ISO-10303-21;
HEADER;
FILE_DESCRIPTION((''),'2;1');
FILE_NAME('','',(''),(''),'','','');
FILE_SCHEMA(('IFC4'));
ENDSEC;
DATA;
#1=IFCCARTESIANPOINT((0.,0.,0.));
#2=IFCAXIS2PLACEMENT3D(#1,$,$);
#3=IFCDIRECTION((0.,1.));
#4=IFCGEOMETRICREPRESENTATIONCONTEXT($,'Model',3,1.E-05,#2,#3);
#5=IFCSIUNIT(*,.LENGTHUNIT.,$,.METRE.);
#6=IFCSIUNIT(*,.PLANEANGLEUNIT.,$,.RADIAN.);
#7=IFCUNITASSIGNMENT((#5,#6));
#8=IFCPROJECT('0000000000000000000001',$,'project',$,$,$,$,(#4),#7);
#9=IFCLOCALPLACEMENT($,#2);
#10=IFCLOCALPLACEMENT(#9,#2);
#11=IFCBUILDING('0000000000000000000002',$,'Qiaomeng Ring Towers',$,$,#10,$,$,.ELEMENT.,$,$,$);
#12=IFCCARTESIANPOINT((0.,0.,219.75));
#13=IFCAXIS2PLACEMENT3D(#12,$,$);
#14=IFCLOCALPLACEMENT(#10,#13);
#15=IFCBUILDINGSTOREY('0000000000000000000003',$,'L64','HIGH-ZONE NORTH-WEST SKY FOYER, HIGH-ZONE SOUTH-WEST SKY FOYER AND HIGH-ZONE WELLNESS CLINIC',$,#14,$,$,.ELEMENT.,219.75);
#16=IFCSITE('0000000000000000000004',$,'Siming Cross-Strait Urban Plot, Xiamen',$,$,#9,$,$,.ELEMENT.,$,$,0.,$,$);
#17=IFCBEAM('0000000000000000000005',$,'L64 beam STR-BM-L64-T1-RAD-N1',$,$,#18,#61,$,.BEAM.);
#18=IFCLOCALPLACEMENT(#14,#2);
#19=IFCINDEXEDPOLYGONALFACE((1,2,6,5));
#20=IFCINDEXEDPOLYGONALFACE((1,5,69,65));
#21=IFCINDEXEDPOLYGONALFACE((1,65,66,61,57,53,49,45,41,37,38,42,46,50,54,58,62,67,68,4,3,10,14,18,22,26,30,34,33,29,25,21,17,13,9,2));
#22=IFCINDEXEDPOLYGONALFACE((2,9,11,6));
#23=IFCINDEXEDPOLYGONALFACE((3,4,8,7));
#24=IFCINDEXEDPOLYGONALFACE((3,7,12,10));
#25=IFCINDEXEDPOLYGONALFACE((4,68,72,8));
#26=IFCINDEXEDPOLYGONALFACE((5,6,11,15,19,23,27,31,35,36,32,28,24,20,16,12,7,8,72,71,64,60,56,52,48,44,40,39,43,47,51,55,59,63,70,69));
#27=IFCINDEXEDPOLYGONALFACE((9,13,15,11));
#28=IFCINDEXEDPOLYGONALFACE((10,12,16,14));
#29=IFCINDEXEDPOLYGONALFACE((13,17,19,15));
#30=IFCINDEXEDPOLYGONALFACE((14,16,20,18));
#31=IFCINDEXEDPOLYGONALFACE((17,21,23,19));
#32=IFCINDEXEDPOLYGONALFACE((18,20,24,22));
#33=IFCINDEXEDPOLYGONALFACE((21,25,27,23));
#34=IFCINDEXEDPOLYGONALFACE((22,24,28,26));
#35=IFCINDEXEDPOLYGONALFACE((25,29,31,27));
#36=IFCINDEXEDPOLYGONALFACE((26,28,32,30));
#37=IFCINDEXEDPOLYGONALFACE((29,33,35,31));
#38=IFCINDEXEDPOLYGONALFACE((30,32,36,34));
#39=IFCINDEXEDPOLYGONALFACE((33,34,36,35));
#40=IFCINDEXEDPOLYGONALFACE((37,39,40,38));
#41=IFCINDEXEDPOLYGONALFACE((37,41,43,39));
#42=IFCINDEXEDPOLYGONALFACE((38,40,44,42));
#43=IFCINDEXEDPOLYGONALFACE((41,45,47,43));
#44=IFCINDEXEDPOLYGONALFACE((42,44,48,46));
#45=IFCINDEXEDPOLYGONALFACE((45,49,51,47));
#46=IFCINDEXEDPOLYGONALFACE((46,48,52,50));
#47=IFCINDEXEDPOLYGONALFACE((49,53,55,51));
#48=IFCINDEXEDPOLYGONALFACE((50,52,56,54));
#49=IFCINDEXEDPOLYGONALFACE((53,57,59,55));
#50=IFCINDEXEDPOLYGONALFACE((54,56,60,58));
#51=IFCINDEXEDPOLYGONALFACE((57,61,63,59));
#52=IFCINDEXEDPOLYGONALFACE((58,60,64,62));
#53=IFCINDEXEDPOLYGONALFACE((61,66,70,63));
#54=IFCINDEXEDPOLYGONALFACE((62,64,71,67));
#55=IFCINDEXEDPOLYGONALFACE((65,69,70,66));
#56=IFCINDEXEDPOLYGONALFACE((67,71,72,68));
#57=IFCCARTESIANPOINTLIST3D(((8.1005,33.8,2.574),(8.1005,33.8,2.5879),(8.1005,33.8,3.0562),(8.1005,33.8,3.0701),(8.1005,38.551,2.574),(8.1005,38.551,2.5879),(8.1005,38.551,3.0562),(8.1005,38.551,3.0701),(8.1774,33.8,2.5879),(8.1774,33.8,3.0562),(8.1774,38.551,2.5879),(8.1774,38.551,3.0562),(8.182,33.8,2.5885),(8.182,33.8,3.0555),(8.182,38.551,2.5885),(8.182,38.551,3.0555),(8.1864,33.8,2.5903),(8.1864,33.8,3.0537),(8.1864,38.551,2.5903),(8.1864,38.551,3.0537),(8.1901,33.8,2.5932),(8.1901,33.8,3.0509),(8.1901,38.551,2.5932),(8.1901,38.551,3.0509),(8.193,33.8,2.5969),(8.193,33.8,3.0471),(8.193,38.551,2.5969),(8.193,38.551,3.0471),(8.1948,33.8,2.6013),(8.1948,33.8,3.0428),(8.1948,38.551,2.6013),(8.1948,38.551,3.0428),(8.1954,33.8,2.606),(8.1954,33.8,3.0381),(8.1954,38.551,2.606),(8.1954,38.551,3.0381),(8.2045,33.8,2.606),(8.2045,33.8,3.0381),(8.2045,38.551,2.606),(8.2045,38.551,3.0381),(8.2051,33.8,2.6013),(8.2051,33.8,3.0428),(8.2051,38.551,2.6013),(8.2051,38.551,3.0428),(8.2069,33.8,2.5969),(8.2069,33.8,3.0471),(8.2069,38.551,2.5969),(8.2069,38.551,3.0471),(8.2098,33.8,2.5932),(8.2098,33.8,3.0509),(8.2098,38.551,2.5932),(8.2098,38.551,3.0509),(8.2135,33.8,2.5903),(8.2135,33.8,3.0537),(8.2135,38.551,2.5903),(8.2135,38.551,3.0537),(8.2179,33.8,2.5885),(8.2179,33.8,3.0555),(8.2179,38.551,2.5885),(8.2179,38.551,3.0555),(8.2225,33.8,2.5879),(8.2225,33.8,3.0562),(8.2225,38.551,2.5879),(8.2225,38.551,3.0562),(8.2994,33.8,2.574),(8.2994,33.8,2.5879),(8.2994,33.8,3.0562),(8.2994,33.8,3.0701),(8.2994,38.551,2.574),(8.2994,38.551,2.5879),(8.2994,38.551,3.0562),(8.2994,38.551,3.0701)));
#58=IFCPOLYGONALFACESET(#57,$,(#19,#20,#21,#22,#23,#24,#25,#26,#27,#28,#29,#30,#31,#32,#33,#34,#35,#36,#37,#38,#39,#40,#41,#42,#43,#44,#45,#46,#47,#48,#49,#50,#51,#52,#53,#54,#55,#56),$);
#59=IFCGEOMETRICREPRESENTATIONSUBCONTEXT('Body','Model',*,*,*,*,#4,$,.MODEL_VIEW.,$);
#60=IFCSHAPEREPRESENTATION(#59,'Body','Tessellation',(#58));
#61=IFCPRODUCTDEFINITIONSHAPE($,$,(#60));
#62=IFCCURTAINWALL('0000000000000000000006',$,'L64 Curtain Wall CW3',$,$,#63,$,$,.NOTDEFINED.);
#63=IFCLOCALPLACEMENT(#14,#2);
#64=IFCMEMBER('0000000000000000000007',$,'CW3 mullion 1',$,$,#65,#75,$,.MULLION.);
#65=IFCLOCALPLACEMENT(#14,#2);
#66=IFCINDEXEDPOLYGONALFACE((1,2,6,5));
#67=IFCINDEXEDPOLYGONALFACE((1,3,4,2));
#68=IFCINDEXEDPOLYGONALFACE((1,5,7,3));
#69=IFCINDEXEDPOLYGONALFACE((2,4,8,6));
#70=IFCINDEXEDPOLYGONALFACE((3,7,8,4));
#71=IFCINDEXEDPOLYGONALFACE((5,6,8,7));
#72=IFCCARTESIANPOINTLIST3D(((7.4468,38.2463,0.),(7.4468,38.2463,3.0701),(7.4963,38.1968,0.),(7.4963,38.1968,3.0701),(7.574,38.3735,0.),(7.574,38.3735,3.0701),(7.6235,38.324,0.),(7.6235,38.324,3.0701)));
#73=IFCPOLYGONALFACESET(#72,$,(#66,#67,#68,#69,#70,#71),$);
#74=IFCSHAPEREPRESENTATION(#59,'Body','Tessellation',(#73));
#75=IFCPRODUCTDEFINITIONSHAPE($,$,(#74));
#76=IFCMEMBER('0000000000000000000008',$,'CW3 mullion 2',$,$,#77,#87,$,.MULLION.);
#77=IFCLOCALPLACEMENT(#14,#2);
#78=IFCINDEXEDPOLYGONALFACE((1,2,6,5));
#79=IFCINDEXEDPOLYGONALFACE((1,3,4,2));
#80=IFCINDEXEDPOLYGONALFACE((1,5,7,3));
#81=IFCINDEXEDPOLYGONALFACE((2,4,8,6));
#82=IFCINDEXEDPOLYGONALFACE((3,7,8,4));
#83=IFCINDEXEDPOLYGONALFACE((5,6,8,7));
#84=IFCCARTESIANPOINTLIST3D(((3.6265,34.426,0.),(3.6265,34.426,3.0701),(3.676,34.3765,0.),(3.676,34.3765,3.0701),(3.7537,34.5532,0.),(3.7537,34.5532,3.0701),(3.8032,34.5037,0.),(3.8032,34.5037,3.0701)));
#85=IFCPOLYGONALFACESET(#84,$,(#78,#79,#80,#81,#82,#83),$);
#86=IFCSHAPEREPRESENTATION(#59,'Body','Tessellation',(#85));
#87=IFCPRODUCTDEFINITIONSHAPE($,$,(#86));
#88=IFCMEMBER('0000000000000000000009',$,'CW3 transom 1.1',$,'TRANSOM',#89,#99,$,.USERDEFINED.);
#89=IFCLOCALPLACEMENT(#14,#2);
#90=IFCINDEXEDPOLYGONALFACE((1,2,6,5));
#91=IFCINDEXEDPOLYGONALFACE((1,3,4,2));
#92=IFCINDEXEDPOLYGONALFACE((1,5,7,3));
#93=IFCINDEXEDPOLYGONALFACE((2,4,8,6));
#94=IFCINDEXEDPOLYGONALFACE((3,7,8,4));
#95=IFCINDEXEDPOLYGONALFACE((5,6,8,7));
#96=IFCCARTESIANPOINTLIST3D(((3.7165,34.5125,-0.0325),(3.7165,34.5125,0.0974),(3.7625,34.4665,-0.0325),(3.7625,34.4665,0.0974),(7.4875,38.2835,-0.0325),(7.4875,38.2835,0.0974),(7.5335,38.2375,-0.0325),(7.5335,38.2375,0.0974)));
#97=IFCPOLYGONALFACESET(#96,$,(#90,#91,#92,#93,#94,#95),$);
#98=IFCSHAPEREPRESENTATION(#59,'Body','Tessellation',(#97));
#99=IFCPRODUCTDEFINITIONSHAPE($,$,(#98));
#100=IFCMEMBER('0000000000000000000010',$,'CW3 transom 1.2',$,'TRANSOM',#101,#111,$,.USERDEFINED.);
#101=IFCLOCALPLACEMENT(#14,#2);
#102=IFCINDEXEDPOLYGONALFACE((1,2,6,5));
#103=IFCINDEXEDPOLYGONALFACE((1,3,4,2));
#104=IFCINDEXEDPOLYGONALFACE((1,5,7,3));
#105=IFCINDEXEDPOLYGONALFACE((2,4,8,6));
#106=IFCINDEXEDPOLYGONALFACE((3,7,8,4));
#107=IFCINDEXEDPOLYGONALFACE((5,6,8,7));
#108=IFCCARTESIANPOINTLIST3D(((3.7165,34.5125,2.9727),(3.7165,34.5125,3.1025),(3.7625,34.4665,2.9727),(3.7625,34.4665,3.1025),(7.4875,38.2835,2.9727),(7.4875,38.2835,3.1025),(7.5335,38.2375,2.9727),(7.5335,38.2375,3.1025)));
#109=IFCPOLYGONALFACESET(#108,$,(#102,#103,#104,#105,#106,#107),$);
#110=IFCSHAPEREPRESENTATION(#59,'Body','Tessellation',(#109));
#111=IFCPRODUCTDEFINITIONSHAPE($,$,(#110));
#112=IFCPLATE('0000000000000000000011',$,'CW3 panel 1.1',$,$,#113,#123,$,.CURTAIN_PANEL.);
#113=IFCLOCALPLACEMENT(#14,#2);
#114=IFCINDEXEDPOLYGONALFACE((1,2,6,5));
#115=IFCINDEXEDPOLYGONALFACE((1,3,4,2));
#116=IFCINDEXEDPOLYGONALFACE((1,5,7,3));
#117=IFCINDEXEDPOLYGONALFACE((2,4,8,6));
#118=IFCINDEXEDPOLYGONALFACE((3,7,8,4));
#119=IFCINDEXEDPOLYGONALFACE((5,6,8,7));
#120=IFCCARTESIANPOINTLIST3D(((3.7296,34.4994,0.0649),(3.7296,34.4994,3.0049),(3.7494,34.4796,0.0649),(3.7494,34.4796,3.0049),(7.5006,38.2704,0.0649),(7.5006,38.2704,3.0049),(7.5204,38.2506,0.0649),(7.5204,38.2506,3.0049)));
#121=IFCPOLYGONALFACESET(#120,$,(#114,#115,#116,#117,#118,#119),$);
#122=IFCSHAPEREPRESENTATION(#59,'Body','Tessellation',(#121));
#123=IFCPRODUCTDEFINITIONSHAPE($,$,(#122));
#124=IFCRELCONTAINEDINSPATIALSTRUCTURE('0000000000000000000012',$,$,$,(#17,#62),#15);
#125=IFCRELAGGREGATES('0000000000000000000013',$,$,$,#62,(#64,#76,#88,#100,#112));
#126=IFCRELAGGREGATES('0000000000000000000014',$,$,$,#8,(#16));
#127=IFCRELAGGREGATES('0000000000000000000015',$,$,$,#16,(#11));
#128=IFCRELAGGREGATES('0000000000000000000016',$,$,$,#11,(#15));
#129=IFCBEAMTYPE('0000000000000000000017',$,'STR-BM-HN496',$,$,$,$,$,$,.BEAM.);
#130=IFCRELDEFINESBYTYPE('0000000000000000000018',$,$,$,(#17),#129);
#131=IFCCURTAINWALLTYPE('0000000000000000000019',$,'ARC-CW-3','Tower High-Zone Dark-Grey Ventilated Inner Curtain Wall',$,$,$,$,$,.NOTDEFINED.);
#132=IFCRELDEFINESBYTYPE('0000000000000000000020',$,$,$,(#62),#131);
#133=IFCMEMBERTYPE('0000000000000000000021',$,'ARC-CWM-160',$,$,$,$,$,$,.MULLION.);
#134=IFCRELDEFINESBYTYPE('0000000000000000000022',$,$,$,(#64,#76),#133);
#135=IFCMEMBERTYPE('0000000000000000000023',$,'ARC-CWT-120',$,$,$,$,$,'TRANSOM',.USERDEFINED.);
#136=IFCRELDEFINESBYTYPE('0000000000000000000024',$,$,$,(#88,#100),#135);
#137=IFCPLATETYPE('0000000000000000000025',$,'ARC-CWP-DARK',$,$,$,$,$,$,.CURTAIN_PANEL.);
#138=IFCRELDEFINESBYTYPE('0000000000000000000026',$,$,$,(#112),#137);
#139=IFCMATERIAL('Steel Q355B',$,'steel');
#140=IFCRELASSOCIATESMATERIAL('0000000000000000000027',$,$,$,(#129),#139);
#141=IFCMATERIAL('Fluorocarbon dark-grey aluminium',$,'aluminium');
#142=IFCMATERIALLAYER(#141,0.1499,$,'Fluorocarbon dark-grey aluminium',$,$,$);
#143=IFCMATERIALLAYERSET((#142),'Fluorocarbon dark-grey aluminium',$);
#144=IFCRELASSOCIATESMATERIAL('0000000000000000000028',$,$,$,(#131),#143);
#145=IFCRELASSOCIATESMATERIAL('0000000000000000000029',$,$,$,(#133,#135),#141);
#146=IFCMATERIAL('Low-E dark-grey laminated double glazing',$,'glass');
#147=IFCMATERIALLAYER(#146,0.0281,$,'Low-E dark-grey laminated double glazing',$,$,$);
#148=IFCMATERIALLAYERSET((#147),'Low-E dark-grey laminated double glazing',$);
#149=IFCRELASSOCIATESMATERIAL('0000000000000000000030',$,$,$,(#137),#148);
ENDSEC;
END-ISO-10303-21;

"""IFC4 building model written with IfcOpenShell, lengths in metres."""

from ifc_helpers import new_model, si_unit, direction, frame, origin, origin_2d, place, context, subcontext, project, spatial, rectangle, i_section, extrude, source, transform, mapped, material, layer, layer_set, material_profile, profile_set, type_object, element, aggregate, save


model = new_model("IFC4")

# Units and contexts
model_context = context("Model", 3, precision=1e-05, world=origin(), true_north=direction((0.0, 1.0)))
body_context = subcontext(model_context, "Body", "Model", "MODEL_VIEW")
ifc_project = project(units=[si_unit("LENGTHUNIT", "METRE"), si_unit("PLANEANGLEUNIT", "RADIAN")], contexts=[model_context])

# Site, building, storey
site_placement = place(None, origin())
site = spatial("IfcSite", under=ifc_project, at=site_placement, Name="Siming Cross-Strait Urban Plot, Xiamen", CompositionType="ELEMENT", RefElevation=0.0)
building_placement = place(site_placement, origin())
building = spatial("IfcBuilding", under=site, at=building_placement, Name="Qiaomeng Ring Towers", CompositionType="ELEMENT")
storey_placement = place(building_placement, frame((0.0, 0.0, 219.75)))
storey = spatial("IfcBuildingStorey", under=building, at=storey_placement, Name="L64", Description="HIGH-ZONE NORTH-WEST SKY FOYER, HIGH-ZONE SOUTH-WEST SKY FOYER AND HIGH-ZONE WELLNESS CLINIC", CompositionType="ELEMENT", Elevation=219.75)

# Beam
ifc_material_1 = material(Name="Steel Q355B", Category="steel")
ifc_material_profile_1 = material_profile(ifc_material_1, i_section(OverallWidth=0.199, OverallDepth=0.4961, WebThickness=0.009, FlangeThickness=0.0139, FilletRadius=0.0181, at=origin_2d()), Name="HN 496x199x9x14")
ifc_profile_set_1 = profile_set([ifc_material_profile_1], Name="Steel Q355B")
beam_type_1 = type_object("IfcBeamType", Name="STR-BM-HN496", PredefinedType="BEAM", material=ifc_profile_set_1)
shared_shape_1 = source(origin(), body_context, "Body", "SweptSolid", [
    extrude(i_section(OverallWidth=0.199, OverallDepth=0.4961, WebThickness=0.009, FlangeThickness=0.0139, FilletRadius=0.0181, at=origin_2d()), origin(), (0.0, 0.0, 1.0), 4.751),
])
beam_1_placement = place(storey_placement, frame((8.2, 38.551, 2.822), z_axis=(0.0, -1.0, 0.0), x_axis=(1.0, 0.0, 0.0)))
element("IfcBeam", 1, at=beam_1_placement, inside=storey, type_object=beam_type_1, Name="L64 beam STR-BM-L64-T1-RAD-N1", PredefinedType="BEAM", context=body_context, shape_type="MappedRepresentation", body=[
    mapped(shared_shape_1, transform((0.0, 0.0, 0.0), x_axis=(1.0, 0.0, 0.0), y_axis=(0.0, 1.0, 0.0), z_axis=(0.0, 0.0, 1.0), scale=1.0)),
])

# Curtain wall, members, plate
ifc_material_2 = material(Name="Fluorocarbon dark-grey aluminium", Category="aluminium")
ifc_layer_1 = layer(ifc_material_2, 0.1499, Name="Fluorocarbon dark-grey aluminium")
ifc_layer_set_1 = layer_set([ifc_layer_1], Name="Fluorocarbon dark-grey aluminium")
curtain_wall_type = type_object("IfcCurtainWallType", Name="ARC-CW-3", Description="Tower High-Zone Dark-Grey Ventilated Inner Curtain Wall", PredefinedType="NOTDEFINED", material=ifc_layer_set_1)
curtain_wall_placement = place(storey_placement, origin())
curtain_wall = element("IfcCurtainWall", 2, at=curtain_wall_placement, inside=storey, type_object=curtain_wall_type, Name="L64 Curtain Wall CW3", PredefinedType="NOTDEFINED")
ifc_material_profile_2 = material_profile(ifc_material_2, rectangle(XDim=0.0701, YDim=0.1799, at=origin_2d()), Name="ALU MULL 70x180")
ifc_profile_set_2 = profile_set([ifc_material_profile_2], Name="Fluorocarbon dark-grey aluminium")
member_type_1 = type_object("IfcMemberType", Name="ARC-CWM-160", PredefinedType="MULLION", material=ifc_profile_set_2)
shared_shape_2 = source(origin(), body_context, "Body", "SweptSolid", [
    extrude(rectangle(XDim=0.0701, YDim=0.1799, at=origin_2d()), origin(), (0.0, 0.0, 1.0), 3.0701),
])
member_1_placement = place(storey_placement, frame((7.5352, 38.2852, 0.0), z_axis=(0.0, 0.0, 1.0), x_axis=(0.707107, -0.707107, 0.0)))
member_1 = element("IfcMember", 3, at=member_1_placement, type_object=member_type_1, Name="CW3 mullion 1", PredefinedType="MULLION", context=body_context, shape_type="MappedRepresentation", body=[
    mapped(shared_shape_2, transform((0.0, 0.0, 0.0), x_axis=(1.0, 0.0, 0.0), y_axis=(0.0, 1.0, 0.0), z_axis=(0.0, 0.0, 1.0), scale=1.0)),
])
member_2_placement = place(storey_placement, frame((3.7148, 34.4648, 0.0), z_axis=(0.0, 0.0, 1.0), x_axis=(0.707107, -0.707107, 0.0)))
member_2 = element("IfcMember", 4, at=member_2_placement, type_object=member_type_1, Name="CW3 mullion 2", PredefinedType="MULLION", context=body_context, shape_type="MappedRepresentation", body=[
    mapped(shared_shape_2, transform((0.0, 0.0, 0.0), x_axis=(1.0, 0.0, 0.0), y_axis=(0.0, 1.0, 0.0), z_axis=(0.0, 0.0, 1.0), scale=1.0)),
])
ifc_material_profile_3 = material_profile(ifc_material_2, rectangle(XDim=0.0649, YDim=0.1299, at=origin_2d()), Name="ALU TRAN 65x130")
ifc_profile_set_3 = profile_set([ifc_material_profile_3], Name="Fluorocarbon dark-grey aluminium")
member_type_2 = type_object("IfcMemberType", Name="ARC-CWT-120", ElementType="TRANSOM", PredefinedType="USERDEFINED", material=ifc_profile_set_3)
shared_shape_3 = source(origin(), body_context, "Body", "SweptSolid", [
    extrude(rectangle(XDim=0.0649, YDim=0.1299, at=origin_2d()), origin(), (0.0, 0.0, 1.0), 5.333),
])
member_3_placement = place(storey_placement, frame((7.5105, 38.2605, 0.0325), z_axis=(-0.707107, -0.707107, 0.0), x_axis=(0.707107, -0.707107, 0.0)))
member_3 = element("IfcMember", 5, at=member_3_placement, type_object=member_type_2, Name="CW3 transom 1.1", ObjectType="TRANSOM", PredefinedType="USERDEFINED", context=body_context, shape_type="MappedRepresentation", body=[
    mapped(shared_shape_3, transform((0.0, 0.0, 0.0), x_axis=(1.0, 0.0, 0.0), y_axis=(0.0, 1.0, 0.0), z_axis=(0.0, 0.0, 1.0), scale=1.0)),
])
member_4_placement = place(storey_placement, frame((7.5105, 38.2605, 3.0376), z_axis=(-0.707107, -0.707107, 0.0), x_axis=(0.707107, -0.707107, 0.0)))
member_4 = element("IfcMember", 6, at=member_4_placement, type_object=member_type_2, Name="CW3 transom 1.2", ObjectType="TRANSOM", PredefinedType="USERDEFINED", context=body_context, shape_type="MappedRepresentation", body=[
    mapped(shared_shape_3, transform((0.0, 0.0, 0.0), x_axis=(1.0, 0.0, 0.0), y_axis=(0.0, 1.0, 0.0), z_axis=(0.0, 0.0, 1.0), scale=1.0)),
])
ifc_material_3 = material(Name="Low-E dark-grey laminated double glazing", Category="glass")
ifc_layer_2 = layer(ifc_material_3, 0.0281, Name="Low-E dark-grey laminated double glazing")
ifc_layer_set_2 = layer_set([ifc_layer_2], Name="Low-E dark-grey laminated double glazing")
plate_type = type_object("IfcPlateType", Name="ARC-CWP-DARK", PredefinedType="CURTAIN_PANEL", material=ifc_layer_set_2)
shared_shape_4 = source(origin(), body_context, "Body", "SweptSolid", [
    extrude(rectangle(XDim=5.333, YDim=0.0281, at=origin_2d()), origin(), (0.0, 0.0, 1.0), 2.9399),
])
plate_placement = place(storey_placement, frame((5.625, 36.375, 0.0649), z_axis=(0.0, 0.0, 1.0), x_axis=(-0.707107, -0.707107, 0.0)))
plate = element("IfcPlate", 7, at=plate_placement, type_object=plate_type, Name="CW3 panel 1.1", PredefinedType="CURTAIN_PANEL", context=body_context, shape_type="MappedRepresentation", body=[
    mapped(shared_shape_4, transform((0.0, 0.0, 0.0), x_axis=(1.0, 0.0, 0.0), y_axis=(0.0, 1.0, 0.0), z_axis=(0.0, 0.0, 1.0), scale=1.0)),
])
aggregate(curtain_wall, [member_1, member_2, member_3, member_4, plate])

save(model, "model.ifc")
